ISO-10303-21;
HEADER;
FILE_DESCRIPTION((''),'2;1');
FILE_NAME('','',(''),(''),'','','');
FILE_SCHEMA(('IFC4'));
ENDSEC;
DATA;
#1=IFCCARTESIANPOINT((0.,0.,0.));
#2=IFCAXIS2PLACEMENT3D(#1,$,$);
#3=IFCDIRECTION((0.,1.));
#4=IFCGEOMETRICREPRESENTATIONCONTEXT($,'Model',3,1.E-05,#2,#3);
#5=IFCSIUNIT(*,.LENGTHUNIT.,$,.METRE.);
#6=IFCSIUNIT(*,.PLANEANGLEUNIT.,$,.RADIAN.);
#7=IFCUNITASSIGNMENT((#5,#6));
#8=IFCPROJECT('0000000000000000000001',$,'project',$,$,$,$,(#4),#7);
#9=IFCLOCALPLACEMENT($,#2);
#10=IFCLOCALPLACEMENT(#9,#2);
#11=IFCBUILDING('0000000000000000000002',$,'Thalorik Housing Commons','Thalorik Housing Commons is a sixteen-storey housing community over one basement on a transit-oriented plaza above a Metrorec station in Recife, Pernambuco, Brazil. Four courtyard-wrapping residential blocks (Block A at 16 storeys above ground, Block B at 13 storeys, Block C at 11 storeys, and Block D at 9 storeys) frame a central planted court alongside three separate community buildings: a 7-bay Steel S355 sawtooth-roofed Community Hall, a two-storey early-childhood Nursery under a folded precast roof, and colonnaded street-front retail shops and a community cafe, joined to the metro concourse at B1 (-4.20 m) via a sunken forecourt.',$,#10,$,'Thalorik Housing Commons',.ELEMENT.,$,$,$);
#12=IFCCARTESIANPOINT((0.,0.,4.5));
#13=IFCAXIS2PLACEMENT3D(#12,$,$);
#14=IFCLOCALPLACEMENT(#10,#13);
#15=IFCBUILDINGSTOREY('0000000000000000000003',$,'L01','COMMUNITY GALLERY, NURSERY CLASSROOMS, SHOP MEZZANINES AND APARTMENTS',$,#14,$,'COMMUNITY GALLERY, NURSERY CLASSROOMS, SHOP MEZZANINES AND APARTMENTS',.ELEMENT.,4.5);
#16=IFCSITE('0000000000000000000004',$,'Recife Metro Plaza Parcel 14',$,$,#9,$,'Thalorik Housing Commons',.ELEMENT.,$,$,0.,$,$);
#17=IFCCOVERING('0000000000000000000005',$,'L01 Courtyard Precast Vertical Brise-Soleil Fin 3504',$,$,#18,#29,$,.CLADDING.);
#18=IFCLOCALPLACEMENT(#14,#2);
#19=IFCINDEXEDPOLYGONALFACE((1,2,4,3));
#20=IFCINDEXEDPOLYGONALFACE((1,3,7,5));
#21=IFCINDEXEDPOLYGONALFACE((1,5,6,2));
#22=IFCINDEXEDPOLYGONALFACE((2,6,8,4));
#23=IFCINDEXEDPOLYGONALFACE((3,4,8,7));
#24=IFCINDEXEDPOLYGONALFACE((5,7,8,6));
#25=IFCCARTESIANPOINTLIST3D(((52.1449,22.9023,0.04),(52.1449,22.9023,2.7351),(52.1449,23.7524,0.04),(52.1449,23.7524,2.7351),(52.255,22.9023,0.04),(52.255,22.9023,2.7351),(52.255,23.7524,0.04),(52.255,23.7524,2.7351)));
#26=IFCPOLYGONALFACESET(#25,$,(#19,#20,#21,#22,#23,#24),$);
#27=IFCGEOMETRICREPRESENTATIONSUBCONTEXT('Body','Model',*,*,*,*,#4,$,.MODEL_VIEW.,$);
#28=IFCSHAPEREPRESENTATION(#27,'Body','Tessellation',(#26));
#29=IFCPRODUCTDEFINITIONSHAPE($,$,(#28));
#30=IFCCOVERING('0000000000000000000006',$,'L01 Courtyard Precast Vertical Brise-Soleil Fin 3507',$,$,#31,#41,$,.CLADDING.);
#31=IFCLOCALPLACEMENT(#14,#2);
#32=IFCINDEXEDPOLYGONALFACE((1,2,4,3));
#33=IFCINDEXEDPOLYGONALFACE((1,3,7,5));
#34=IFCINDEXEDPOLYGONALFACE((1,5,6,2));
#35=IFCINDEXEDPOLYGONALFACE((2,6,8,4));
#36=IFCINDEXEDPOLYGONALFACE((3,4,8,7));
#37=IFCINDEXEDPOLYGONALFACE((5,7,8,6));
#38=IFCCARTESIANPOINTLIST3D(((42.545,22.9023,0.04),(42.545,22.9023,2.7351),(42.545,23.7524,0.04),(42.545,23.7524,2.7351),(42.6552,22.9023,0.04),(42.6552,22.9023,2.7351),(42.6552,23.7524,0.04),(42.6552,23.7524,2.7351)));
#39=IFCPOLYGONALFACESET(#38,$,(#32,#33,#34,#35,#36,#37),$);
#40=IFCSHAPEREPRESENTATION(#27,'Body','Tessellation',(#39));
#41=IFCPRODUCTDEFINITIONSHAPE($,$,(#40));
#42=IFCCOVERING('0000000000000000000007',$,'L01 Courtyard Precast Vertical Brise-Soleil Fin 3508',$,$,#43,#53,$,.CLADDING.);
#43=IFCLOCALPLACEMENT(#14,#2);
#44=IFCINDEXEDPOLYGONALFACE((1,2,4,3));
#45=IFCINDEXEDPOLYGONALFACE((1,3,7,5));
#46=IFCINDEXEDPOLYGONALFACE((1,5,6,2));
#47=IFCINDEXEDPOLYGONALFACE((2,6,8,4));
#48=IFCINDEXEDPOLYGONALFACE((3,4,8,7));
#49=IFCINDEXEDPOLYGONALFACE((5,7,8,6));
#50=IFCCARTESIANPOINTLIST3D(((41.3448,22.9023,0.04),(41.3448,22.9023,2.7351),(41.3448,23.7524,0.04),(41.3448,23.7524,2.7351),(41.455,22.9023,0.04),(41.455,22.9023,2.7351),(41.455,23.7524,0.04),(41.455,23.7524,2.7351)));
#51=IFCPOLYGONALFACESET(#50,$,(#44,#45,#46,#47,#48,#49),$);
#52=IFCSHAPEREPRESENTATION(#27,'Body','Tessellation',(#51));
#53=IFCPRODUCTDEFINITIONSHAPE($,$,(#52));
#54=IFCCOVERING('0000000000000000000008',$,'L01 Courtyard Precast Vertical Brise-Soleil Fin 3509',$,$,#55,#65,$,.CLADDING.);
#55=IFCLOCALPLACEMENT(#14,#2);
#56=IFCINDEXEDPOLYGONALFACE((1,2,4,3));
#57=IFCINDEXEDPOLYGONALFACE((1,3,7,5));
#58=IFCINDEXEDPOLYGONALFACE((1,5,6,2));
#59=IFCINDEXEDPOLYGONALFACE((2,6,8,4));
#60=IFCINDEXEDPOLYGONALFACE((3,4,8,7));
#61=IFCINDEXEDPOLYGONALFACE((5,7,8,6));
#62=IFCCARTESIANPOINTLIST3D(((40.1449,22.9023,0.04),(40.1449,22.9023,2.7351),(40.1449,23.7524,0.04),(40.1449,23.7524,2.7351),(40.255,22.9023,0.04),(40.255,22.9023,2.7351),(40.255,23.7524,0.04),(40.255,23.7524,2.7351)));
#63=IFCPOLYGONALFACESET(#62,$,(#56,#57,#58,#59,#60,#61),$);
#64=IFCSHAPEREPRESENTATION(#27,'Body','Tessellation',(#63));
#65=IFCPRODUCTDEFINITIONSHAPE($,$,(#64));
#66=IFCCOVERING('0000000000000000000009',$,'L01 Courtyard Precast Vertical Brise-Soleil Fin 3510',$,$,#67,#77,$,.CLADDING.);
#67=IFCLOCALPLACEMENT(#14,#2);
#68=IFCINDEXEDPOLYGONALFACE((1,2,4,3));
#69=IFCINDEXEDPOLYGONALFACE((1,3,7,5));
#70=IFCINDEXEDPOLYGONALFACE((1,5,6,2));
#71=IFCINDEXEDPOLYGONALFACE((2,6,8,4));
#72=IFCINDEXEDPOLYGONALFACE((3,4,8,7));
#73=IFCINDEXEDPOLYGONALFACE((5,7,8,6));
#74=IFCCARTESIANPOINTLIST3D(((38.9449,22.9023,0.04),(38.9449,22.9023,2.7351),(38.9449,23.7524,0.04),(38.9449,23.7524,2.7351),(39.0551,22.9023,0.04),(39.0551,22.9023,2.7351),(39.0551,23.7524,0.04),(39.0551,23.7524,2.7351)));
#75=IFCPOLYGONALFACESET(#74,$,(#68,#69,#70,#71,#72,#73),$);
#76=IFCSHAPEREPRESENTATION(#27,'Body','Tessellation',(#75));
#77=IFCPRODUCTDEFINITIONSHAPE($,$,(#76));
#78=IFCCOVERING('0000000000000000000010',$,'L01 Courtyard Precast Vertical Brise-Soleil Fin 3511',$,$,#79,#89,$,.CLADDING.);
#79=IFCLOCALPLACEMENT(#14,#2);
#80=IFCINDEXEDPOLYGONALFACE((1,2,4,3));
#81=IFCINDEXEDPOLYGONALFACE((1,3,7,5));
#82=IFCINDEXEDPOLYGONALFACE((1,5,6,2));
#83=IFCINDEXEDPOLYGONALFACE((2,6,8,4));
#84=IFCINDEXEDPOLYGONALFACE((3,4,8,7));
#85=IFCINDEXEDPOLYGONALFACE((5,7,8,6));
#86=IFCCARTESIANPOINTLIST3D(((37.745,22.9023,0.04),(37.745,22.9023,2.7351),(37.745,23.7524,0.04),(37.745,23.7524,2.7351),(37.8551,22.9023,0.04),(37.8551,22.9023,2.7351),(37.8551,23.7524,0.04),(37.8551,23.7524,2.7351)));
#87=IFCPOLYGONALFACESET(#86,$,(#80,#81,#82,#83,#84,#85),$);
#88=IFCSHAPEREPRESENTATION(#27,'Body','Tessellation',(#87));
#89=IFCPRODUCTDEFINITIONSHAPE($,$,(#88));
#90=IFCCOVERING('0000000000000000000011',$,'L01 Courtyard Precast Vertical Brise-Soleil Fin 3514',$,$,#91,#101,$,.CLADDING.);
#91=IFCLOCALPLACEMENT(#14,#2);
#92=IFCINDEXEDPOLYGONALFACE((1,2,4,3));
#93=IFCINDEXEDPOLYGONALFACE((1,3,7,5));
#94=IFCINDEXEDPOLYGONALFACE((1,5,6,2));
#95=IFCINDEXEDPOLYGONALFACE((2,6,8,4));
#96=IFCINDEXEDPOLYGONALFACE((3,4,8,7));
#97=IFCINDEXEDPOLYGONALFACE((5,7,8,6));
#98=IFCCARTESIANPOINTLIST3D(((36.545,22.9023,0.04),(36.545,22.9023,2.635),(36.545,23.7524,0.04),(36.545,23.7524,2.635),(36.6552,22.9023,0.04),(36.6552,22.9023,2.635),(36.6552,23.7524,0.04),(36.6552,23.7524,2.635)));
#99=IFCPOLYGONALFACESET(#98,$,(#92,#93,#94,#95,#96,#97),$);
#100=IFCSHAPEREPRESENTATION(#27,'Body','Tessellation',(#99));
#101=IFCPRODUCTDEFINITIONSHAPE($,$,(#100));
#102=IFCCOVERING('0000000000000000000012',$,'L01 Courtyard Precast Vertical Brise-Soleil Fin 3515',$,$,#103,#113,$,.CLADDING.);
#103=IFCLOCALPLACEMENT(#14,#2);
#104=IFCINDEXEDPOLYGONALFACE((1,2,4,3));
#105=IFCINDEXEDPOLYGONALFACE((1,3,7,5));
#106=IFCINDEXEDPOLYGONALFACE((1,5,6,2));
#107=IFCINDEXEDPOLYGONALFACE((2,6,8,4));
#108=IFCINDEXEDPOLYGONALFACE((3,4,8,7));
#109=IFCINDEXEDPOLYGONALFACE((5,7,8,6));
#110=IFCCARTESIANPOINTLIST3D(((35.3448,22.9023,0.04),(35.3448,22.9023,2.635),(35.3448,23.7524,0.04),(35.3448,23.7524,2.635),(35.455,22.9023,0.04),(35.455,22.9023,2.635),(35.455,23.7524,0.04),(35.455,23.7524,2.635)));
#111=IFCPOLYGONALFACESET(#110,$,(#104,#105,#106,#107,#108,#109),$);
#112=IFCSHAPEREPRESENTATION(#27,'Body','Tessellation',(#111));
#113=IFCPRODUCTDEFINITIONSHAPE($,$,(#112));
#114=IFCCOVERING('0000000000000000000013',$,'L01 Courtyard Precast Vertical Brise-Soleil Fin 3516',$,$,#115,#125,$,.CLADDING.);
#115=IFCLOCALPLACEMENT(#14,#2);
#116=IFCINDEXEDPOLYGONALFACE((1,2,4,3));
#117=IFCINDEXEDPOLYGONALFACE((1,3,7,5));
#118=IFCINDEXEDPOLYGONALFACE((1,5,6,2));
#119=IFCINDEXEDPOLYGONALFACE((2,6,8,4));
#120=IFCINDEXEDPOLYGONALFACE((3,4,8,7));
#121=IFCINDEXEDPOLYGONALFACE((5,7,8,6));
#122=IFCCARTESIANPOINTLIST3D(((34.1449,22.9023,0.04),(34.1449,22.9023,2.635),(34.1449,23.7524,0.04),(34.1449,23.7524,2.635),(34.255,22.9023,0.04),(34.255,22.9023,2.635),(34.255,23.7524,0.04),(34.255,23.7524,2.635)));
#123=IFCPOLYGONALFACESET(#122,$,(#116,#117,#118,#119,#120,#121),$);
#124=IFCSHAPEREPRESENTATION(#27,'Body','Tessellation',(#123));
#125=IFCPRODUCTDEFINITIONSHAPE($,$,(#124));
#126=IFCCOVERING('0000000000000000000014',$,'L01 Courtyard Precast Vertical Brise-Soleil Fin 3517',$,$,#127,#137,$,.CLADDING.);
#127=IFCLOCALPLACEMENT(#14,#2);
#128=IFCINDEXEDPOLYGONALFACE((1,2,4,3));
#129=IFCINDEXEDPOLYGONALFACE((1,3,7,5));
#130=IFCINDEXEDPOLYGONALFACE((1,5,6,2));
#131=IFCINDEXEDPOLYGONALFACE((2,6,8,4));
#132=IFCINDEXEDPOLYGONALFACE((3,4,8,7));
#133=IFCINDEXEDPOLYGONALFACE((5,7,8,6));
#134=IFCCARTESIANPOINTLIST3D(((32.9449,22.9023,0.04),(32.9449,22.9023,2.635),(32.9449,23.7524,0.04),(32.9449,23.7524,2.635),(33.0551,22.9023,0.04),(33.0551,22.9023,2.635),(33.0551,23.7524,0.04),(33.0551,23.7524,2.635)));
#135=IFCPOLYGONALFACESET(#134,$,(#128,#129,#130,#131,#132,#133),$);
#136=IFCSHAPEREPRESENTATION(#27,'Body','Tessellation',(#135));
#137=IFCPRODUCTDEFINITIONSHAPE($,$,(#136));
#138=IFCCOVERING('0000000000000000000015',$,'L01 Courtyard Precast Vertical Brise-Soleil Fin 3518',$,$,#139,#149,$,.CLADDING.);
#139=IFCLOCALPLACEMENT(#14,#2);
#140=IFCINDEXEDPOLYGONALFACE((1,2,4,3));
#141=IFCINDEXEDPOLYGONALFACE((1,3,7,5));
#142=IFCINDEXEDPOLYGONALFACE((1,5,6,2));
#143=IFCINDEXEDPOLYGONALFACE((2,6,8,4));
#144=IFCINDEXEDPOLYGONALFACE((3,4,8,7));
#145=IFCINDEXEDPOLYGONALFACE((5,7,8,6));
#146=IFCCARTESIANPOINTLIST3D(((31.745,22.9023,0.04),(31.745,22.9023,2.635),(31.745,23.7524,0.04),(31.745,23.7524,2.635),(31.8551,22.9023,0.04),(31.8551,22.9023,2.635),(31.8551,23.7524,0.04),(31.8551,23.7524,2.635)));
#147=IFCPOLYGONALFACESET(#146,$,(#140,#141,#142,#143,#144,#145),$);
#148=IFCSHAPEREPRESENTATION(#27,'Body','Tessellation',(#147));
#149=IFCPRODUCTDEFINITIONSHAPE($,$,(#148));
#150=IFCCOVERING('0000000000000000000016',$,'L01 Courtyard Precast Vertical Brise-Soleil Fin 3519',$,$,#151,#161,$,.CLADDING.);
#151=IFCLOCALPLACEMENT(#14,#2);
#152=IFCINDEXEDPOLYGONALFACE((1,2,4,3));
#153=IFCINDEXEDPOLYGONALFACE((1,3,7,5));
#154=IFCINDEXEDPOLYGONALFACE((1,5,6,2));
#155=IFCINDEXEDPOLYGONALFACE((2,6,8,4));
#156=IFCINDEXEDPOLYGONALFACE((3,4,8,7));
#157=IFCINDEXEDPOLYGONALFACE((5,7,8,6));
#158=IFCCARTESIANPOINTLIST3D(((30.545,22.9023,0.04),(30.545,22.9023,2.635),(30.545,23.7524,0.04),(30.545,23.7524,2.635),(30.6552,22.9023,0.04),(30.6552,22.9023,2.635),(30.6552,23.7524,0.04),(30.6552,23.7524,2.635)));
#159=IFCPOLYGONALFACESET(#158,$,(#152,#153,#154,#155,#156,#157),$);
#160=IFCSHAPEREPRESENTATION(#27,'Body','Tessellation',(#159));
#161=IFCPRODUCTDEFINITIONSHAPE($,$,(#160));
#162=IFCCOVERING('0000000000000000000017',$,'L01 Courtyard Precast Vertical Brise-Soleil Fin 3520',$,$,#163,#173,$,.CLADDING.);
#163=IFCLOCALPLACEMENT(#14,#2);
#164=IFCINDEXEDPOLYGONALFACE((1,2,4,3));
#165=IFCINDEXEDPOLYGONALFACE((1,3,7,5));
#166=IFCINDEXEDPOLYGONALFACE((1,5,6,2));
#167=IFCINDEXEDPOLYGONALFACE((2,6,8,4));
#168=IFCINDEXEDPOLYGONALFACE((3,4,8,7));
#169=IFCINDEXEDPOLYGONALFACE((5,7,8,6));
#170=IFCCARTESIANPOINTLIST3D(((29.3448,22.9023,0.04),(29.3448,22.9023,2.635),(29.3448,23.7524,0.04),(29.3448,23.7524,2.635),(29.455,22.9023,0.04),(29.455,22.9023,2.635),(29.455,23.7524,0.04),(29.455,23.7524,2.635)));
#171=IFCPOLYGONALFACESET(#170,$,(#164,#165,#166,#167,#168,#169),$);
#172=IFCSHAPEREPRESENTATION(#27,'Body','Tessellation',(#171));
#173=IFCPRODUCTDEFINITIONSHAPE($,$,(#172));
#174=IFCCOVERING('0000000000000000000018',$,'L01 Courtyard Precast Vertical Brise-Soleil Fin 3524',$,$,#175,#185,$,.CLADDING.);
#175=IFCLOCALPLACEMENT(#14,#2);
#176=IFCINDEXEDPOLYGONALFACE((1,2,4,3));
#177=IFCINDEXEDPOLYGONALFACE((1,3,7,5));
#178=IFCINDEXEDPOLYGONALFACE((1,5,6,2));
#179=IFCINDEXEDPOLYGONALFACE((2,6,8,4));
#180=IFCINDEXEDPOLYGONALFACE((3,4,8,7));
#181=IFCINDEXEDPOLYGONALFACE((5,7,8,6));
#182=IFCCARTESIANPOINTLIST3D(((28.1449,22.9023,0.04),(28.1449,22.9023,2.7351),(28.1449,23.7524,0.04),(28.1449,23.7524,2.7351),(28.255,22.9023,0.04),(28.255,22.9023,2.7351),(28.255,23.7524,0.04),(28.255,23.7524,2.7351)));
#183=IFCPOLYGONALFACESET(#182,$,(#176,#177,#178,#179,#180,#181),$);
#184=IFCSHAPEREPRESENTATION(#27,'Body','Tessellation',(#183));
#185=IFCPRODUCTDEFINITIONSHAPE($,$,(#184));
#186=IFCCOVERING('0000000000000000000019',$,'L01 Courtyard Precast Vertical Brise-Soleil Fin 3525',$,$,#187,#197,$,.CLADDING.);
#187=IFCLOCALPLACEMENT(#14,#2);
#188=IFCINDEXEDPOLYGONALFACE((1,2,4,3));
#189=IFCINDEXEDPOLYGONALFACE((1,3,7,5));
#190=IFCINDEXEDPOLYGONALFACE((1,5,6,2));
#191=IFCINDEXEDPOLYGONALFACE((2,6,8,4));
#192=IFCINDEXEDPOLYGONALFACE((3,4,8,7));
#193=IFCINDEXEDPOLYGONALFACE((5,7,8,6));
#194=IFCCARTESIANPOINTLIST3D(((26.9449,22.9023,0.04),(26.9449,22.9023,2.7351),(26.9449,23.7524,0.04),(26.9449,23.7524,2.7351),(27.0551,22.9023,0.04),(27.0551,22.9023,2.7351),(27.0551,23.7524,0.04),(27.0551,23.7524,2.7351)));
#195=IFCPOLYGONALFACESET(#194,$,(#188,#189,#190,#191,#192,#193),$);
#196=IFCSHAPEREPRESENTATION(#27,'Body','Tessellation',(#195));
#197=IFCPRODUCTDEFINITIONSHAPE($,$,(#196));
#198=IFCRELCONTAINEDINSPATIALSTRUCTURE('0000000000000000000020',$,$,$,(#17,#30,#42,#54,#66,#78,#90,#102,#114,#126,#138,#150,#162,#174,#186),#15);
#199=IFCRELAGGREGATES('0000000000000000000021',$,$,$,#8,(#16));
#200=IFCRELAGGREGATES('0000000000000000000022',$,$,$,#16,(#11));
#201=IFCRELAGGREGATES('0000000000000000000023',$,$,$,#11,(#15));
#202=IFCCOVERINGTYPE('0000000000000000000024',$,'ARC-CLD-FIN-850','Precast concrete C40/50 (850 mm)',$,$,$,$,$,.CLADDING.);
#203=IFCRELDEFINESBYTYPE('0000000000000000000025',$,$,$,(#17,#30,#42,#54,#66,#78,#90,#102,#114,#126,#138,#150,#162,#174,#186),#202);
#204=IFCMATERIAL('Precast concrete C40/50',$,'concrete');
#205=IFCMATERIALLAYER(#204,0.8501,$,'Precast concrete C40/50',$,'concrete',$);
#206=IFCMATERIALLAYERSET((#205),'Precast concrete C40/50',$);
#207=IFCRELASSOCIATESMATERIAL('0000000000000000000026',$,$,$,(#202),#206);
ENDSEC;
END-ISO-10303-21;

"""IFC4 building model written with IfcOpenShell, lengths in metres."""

from ifc_helpers import new_model, si_unit, direction, frame, origin, origin_2d, place, context, subcontext, project, spatial, rectangle, extrude, material, layer, layer_set, type_object, element, save


model = new_model("IFC4")

# Units and contexts
model_context = context("Model", 3, precision=1e-05, world=origin(), true_north=direction((0.0, 1.0)))
body_context = subcontext(model_context, "Body", "Model", "MODEL_VIEW")
ifc_project = project(units=[si_unit("LENGTHUNIT", "METRE"), si_unit("PLANEANGLEUNIT", "RADIAN")], contexts=[model_context])

# Site, building, storey
site_placement = place(None, origin())
site = spatial("IfcSite", under=ifc_project, at=site_placement, Name="Recife Metro Plaza Parcel 14", LongName="Thalorik Housing Commons", CompositionType="ELEMENT", RefElevation=0.0)
building_placement = place(site_placement, origin())
building = spatial("IfcBuilding", under=site, at=building_placement, Name="Thalorik Housing Commons", Description="Thalorik Housing Commons is a sixteen-storey housing community over one basement on a transit-oriented plaza above a Metrorec station in Recife, Pernambuco, Brazil. Four courtyard-wrapping residential blocks (Block A at 16 storeys above ground, Block B at 13 storeys, Block C at 11 storeys, and Block D at 9 storeys) frame a central planted court alongside three separate community buildings: a 7-bay Steel S355 sawtooth-roofed Community Hall, a two-storey early-childhood Nursery under a folded precast roof, and colonnaded street-front retail shops and a community cafe, joined to the metro concourse at B1 (-4.20 m) via a sunken forecourt.", LongName="Thalorik Housing Commons", CompositionType="ELEMENT")
storey_placement = place(building_placement, frame((0.0, 0.0, 4.5)))
storey = spatial("IfcBuildingStorey", under=building, at=storey_placement, Name="L01", Description="COMMUNITY GALLERY, NURSERY CLASSROOMS, SHOP MEZZANINES AND APARTMENTS", LongName="COMMUNITY GALLERY, NURSERY CLASSROOMS, SHOP MEZZANINES AND APARTMENTS", CompositionType="ELEMENT", Elevation=4.5)

# Coverings
ifc_material = material(Name="Precast concrete C40/50", Category="concrete")
ifc_layer = layer(ifc_material, 0.8501, Name="Precast concrete C40/50", Category="concrete")
ifc_layer_set = layer_set([ifc_layer], Name="Precast concrete C40/50")
covering_type = type_object("IfcCoveringType", Name="ARC-CLD-FIN-850", Description="Precast concrete C40/50 (850 mm)", PredefinedType="CLADDING", material=ifc_layer_set)
for number, where, z_axis, x_axis, name in (
    (1, (52.2, 23.3274, 0.04), (0.0, 0.0, 1.0), (-1.0, 0.0, 0.0), "L01 Courtyard Precast Vertical Brise-Soleil Fin 3504"),
    (2, (42.6001, 23.3274, 0.04), (0.0, 0.0, 1.0), (-1.0, 0.0, 0.0), "L01 Courtyard Precast Vertical Brise-Soleil Fin 3507"),
    (3, (41.3999, 23.3274, 0.04), (0.0, 0.0, 1.0), (-1.0, 0.0, 0.0), "L01 Courtyard Precast Vertical Brise-Soleil Fin 3508"),
    (4, (40.2, 23.3274, 0.04), (0.0, 0.0, 1.0), (-1.0, 0.0, 0.0), "L01 Courtyard Precast Vertical Brise-Soleil Fin 3509"),
    (5, (39.0, 23.3274, 0.04), (0.0, 0.0, 1.0), (-1.0, 0.0, 0.0), "L01 Courtyard Precast Vertical Brise-Soleil Fin 3510"),
    (6, (37.8, 23.3274, 0.04), (0.0, 0.0, 1.0), (-1.0, 0.0, 0.0), "L01 Courtyard Precast Vertical Brise-Soleil Fin 3511"),
):
    element("IfcCovering", number, at=place(storey_placement, frame(where, z_axis=z_axis, x_axis=x_axis)), inside=storey, type_object=covering_type, Name=name, PredefinedType="CLADDING", context=body_context, shape_type="SweptSolid", body=[
        extrude(rectangle(XDim=0.1101, YDim=0.8501, at=origin_2d()), origin(), (0.0, 0.0, 1.0), 2.6951),
    ])
for number, where, z_axis, x_axis, name in (
    (7, (36.6001, 23.3274, 0.04), (0.0, 0.0, 1.0), (-1.0, 0.0, 0.0), "L01 Courtyard Precast Vertical Brise-Soleil Fin 3514"),
    (8, (35.3999, 23.3274, 0.04), (0.0, 0.0, 1.0), (-1.0, 0.0, 0.0), "L01 Courtyard Precast Vertical Brise-Soleil Fin 3515"),
    (9, (34.2, 23.3274, 0.04), (0.0, 0.0, 1.0), (-1.0, 0.0, 0.0), "L01 Courtyard Precast Vertical Brise-Soleil Fin 3516"),
    (10, (33.0, 23.3274, 0.04), (0.0, 0.0, 1.0), (-1.0, 0.0, 0.0), "L01 Courtyard Precast Vertical Brise-Soleil Fin 3517"),
    (11, (31.8, 23.3274, 0.04), (0.0, 0.0, 1.0), (-1.0, 0.0, 0.0), "L01 Courtyard Precast Vertical Brise-Soleil Fin 3518"),
    (12, (30.6001, 23.3274, 0.04), (0.0, 0.0, 1.0), (-1.0, 0.0, 0.0), "L01 Courtyard Precast Vertical Brise-Soleil Fin 3519"),
    (13, (29.3999, 23.3274, 0.04), (0.0, 0.0, 1.0), (-1.0, 0.0, 0.0), "L01 Courtyard Precast Vertical Brise-Soleil Fin 3520"),
):
    element("IfcCovering", number, at=place(storey_placement, frame(where, z_axis=z_axis, x_axis=x_axis)), inside=storey, type_object=covering_type, Name=name, PredefinedType="CLADDING", context=body_context, shape_type="SweptSolid", body=[
        extrude(rectangle(XDim=0.1101, YDim=0.8501, at=origin_2d()), origin(), (0.0, 0.0, 1.0), 2.595),
    ])
for number, where, z_axis, x_axis, name in (
    (14, (28.2, 23.3274, 0.04), (0.0, 0.0, 1.0), (-1.0, 0.0, 0.0), "L01 Courtyard Precast Vertical Brise-Soleil Fin 3524"),
    (15, (27.0, 23.3274, 0.04), (0.0, 0.0, 1.0), (-1.0, 0.0, 0.0), "L01 Courtyard Precast Vertical Brise-Soleil Fin 3525"),
):
    element("IfcCovering", number, at=place(storey_placement, frame(where, z_axis=z_axis, x_axis=x_axis)), inside=storey, type_object=covering_type, Name=name, PredefinedType="CLADDING", context=body_context, shape_type="SweptSolid", body=[
        extrude(rectangle(XDim=0.1101, YDim=0.8501, at=origin_2d()), origin(), (0.0, 0.0, 1.0), 2.6951),
    ])

save(model, "model.ifc")
